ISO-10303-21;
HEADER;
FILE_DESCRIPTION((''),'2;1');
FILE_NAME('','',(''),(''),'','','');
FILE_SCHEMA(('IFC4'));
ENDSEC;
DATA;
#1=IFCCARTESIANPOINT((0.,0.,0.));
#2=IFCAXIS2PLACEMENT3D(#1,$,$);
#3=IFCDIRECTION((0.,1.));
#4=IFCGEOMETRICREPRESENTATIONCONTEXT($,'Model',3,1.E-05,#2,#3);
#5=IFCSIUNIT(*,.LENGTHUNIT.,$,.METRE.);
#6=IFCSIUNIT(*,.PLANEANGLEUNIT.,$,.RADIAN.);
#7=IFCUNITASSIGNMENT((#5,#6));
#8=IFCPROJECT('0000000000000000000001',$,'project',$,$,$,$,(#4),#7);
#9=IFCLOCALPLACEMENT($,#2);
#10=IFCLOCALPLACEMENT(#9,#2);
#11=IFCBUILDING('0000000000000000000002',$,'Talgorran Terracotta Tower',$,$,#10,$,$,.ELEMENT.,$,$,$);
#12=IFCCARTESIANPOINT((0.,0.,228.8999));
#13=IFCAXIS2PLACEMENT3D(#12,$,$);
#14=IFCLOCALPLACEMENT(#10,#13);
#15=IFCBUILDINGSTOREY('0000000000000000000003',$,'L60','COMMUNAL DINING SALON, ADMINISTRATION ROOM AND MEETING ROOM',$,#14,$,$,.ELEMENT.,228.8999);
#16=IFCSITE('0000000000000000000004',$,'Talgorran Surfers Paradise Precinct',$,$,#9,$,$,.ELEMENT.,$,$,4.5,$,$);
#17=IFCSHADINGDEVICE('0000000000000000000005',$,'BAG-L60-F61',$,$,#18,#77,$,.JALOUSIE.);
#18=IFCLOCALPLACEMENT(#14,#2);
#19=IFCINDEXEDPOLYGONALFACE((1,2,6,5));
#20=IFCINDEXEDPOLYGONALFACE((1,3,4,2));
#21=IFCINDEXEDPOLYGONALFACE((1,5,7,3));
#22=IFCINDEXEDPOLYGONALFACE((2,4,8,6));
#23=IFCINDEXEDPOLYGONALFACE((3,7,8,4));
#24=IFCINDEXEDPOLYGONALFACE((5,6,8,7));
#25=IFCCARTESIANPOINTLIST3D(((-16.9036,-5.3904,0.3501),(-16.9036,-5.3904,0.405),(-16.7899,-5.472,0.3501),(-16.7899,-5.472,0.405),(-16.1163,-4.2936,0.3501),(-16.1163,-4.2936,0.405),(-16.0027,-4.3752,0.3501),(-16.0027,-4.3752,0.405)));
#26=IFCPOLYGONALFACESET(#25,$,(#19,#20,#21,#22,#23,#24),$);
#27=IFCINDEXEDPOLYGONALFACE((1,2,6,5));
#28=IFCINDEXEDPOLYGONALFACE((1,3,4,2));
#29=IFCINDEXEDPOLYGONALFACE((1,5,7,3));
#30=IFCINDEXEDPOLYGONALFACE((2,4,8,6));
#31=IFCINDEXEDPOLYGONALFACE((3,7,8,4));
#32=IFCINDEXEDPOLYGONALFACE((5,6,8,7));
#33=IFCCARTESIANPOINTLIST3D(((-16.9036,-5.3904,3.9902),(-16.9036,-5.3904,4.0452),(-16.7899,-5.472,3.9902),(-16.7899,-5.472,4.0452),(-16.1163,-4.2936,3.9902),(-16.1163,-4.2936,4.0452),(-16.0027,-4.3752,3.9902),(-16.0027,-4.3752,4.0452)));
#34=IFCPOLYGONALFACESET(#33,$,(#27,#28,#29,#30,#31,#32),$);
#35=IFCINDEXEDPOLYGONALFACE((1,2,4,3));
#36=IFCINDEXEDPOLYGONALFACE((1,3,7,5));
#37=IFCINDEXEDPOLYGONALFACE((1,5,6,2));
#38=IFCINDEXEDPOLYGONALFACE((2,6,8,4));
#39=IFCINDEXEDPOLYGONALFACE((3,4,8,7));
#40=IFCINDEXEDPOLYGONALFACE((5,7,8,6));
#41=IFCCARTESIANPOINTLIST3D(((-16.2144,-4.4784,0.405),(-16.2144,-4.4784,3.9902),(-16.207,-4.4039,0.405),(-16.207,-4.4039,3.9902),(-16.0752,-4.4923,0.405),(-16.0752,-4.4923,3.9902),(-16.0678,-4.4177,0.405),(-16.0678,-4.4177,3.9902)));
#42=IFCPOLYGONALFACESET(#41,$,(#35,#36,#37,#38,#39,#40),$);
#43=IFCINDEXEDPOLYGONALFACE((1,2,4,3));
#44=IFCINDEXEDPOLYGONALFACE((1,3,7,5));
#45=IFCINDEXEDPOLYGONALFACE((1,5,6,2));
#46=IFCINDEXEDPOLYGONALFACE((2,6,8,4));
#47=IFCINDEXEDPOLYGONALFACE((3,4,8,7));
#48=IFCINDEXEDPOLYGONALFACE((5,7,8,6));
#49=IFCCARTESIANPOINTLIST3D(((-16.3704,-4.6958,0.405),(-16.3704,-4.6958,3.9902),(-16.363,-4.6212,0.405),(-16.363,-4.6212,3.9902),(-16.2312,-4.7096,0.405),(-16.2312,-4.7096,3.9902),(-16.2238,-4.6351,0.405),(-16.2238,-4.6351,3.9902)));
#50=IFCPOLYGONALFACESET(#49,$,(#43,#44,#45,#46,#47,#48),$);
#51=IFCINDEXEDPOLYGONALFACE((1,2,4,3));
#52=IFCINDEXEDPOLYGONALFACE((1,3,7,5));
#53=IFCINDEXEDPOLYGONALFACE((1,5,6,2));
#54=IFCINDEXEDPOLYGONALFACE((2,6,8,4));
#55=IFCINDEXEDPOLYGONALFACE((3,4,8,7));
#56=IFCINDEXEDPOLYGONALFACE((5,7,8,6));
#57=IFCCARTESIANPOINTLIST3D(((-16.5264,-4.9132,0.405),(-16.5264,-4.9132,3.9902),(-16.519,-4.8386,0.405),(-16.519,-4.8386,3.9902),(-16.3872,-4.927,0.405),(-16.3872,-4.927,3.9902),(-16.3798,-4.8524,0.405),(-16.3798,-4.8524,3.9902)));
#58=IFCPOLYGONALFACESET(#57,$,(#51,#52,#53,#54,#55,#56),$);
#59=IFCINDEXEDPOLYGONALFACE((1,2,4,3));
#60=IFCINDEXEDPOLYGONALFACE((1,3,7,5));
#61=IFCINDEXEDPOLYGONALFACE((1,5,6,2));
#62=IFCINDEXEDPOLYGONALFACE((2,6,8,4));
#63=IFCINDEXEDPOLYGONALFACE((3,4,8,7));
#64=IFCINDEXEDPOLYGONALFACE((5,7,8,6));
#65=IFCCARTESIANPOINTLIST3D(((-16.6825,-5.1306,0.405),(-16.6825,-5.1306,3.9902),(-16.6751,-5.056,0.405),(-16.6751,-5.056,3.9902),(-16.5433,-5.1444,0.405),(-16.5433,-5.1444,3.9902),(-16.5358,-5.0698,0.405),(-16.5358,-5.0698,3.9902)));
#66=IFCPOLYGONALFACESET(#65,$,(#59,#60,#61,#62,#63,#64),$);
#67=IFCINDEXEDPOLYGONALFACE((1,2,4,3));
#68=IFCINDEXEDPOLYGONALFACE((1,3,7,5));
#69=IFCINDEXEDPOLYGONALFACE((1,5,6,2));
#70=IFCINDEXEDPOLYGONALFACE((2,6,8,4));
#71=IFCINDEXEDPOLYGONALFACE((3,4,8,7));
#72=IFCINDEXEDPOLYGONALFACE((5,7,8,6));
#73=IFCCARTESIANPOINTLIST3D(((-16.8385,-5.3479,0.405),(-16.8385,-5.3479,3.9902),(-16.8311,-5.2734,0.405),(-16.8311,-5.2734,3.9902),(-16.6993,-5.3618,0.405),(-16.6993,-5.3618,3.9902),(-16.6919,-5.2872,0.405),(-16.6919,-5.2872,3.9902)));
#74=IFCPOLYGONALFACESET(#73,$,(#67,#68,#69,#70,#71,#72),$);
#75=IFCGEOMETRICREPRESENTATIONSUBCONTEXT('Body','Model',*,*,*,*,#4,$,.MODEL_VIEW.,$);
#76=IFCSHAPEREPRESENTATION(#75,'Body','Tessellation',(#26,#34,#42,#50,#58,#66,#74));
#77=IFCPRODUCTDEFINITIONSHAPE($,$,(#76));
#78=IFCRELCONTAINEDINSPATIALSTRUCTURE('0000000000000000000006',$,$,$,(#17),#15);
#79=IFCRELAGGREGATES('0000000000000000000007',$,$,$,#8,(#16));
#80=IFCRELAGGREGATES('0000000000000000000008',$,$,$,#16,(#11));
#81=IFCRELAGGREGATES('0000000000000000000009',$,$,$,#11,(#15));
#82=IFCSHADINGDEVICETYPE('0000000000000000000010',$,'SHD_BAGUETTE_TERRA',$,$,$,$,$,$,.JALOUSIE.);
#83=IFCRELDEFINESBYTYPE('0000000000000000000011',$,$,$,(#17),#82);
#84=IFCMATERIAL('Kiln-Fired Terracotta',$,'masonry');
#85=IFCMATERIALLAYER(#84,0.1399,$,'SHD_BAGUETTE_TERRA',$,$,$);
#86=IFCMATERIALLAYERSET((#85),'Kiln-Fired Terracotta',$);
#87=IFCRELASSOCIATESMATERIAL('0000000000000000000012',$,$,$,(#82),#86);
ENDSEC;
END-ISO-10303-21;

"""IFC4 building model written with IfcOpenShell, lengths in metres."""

from ifc_helpers import new_model, si_unit, direction, frame, origin, origin_2d, place, context, subcontext, project, spatial, rectangle, extrude, source, transform, mapped, material, layer, layer_set, type_object, type_shapes, element, save


model = new_model("IFC4")

# Units and contexts
model_context = context("Model", 3, precision=1e-05, world=origin(), true_north=direction((0.0, 1.0)))
body_context = subcontext(model_context, "Body", "Model", "MODEL_VIEW")
ifc_project = project(units=[si_unit("LENGTHUNIT", "METRE"), si_unit("PLANEANGLEUNIT", "RADIAN")], contexts=[model_context])

# Site, building, storey
site_placement = place(None, origin())
site = spatial("IfcSite", under=ifc_project, at=site_placement, Name="Talgorran Surfers Paradise Precinct", CompositionType="ELEMENT", RefElevation=4.5)
building_placement = place(site_placement, origin())
building = spatial("IfcBuilding", under=site, at=building_placement, Name="Talgorran Terracotta Tower", CompositionType="ELEMENT")
storey_placement = place(building_placement, frame((0.0, 0.0, 228.8999)))
storey = spatial("IfcBuildingStorey", under=building, at=storey_placement, Name="L60", Description="COMMUNAL DINING SALON, ADMINISTRATION ROOM AND MEETING ROOM", CompositionType="ELEMENT", Elevation=228.8999)

# Shading device
ifc_material_1 = material(Name="Kiln-Fired Terracotta", Category="masonry")
ifc_layer_1 = layer(ifc_material_1, 0.1399, Name="SHD_BAGUETTE_TERRA")
ifc_layer_set_1 = layer_set([ifc_layer_1], Name="Kiln-Fired Terracotta")
shading_device_type = type_object("IfcShadingDeviceType", Name="SHD_BAGUETTE_TERRA", PredefinedType="JALOUSIE", material=ifc_layer_set_1)
shared_shape_1 = source(origin(), body_context, "Body", "SweptSolid", [
    extrude(rectangle(XDim=1.3501, YDim=0.1399, at=origin_2d()), origin(), (0.0, 0.0, 1.0), 0.0549),
    extrude(rectangle(XDim=1.3501, YDim=0.1399, at=origin_2d()), frame((0.0, 0.0, 3.6401)), (0.0, 0.0, 1.0), 0.0549),
    extrude(rectangle(XDim=0.075, YDim=0.1399, at=origin_2d()), frame((-0.5352, 0.0, 0.0549), z_axis=(0.0, 0.0, 1.0), x_axis=(0.866025, 0.5, 0.0)), (0.0, 0.0, 1.0), 3.5852),
    extrude(rectangle(XDim=0.075, YDim=0.1399, at=origin_2d()), frame((-0.2676, 0.0, 0.0549), z_axis=(0.0, 0.0, 1.0), x_axis=(0.866025, 0.5, 0.0)), (0.0, 0.0, 1.0), 3.5852),
    extrude(rectangle(XDim=0.075, YDim=0.1399, at=origin_2d()), frame((0.0, 0.0, 0.0549), z_axis=(0.0, 0.0, 1.0), x_axis=(0.866025, 0.5, 0.0)), (0.0, 0.0, 1.0), 3.5852),
    extrude(rectangle(XDim=0.075, YDim=0.1399, at=origin_2d()), frame((0.2676, 0.0, 0.0549), z_axis=(0.0, 0.0, 1.0), x_axis=(0.866025, 0.5, 0.0)), (0.0, 0.0, 1.0), 3.5852),
    extrude(rectangle(XDim=0.075, YDim=0.1399, at=origin_2d()), frame((0.5352, 0.0, 0.0549), z_axis=(0.0, 0.0, 1.0), x_axis=(0.866025, 0.5, 0.0)), (0.0, 0.0, 1.0), 3.5852),
])
type_shapes(shading_device_type, [shared_shape_1])
shading_device_placement = place(storey_placement, frame((-16.4531, -4.8828, 0.3501), z_axis=(0.0, 0.0, 1.0), x_axis=(-0.583116, -0.812389, 0.0)))
element("IfcShadingDevice", 1, at=shading_device_placement, inside=storey, type_object=shading_device_type, Name="BAG-L60-F61", PredefinedType="JALOUSIE", context=body_context, shape_type="MappedRepresentation", body=[
    mapped(shared_shape_1, transform((0.0, 0.0, 0.0), scale=1.0)),
])

save(model, "model.ifc")
